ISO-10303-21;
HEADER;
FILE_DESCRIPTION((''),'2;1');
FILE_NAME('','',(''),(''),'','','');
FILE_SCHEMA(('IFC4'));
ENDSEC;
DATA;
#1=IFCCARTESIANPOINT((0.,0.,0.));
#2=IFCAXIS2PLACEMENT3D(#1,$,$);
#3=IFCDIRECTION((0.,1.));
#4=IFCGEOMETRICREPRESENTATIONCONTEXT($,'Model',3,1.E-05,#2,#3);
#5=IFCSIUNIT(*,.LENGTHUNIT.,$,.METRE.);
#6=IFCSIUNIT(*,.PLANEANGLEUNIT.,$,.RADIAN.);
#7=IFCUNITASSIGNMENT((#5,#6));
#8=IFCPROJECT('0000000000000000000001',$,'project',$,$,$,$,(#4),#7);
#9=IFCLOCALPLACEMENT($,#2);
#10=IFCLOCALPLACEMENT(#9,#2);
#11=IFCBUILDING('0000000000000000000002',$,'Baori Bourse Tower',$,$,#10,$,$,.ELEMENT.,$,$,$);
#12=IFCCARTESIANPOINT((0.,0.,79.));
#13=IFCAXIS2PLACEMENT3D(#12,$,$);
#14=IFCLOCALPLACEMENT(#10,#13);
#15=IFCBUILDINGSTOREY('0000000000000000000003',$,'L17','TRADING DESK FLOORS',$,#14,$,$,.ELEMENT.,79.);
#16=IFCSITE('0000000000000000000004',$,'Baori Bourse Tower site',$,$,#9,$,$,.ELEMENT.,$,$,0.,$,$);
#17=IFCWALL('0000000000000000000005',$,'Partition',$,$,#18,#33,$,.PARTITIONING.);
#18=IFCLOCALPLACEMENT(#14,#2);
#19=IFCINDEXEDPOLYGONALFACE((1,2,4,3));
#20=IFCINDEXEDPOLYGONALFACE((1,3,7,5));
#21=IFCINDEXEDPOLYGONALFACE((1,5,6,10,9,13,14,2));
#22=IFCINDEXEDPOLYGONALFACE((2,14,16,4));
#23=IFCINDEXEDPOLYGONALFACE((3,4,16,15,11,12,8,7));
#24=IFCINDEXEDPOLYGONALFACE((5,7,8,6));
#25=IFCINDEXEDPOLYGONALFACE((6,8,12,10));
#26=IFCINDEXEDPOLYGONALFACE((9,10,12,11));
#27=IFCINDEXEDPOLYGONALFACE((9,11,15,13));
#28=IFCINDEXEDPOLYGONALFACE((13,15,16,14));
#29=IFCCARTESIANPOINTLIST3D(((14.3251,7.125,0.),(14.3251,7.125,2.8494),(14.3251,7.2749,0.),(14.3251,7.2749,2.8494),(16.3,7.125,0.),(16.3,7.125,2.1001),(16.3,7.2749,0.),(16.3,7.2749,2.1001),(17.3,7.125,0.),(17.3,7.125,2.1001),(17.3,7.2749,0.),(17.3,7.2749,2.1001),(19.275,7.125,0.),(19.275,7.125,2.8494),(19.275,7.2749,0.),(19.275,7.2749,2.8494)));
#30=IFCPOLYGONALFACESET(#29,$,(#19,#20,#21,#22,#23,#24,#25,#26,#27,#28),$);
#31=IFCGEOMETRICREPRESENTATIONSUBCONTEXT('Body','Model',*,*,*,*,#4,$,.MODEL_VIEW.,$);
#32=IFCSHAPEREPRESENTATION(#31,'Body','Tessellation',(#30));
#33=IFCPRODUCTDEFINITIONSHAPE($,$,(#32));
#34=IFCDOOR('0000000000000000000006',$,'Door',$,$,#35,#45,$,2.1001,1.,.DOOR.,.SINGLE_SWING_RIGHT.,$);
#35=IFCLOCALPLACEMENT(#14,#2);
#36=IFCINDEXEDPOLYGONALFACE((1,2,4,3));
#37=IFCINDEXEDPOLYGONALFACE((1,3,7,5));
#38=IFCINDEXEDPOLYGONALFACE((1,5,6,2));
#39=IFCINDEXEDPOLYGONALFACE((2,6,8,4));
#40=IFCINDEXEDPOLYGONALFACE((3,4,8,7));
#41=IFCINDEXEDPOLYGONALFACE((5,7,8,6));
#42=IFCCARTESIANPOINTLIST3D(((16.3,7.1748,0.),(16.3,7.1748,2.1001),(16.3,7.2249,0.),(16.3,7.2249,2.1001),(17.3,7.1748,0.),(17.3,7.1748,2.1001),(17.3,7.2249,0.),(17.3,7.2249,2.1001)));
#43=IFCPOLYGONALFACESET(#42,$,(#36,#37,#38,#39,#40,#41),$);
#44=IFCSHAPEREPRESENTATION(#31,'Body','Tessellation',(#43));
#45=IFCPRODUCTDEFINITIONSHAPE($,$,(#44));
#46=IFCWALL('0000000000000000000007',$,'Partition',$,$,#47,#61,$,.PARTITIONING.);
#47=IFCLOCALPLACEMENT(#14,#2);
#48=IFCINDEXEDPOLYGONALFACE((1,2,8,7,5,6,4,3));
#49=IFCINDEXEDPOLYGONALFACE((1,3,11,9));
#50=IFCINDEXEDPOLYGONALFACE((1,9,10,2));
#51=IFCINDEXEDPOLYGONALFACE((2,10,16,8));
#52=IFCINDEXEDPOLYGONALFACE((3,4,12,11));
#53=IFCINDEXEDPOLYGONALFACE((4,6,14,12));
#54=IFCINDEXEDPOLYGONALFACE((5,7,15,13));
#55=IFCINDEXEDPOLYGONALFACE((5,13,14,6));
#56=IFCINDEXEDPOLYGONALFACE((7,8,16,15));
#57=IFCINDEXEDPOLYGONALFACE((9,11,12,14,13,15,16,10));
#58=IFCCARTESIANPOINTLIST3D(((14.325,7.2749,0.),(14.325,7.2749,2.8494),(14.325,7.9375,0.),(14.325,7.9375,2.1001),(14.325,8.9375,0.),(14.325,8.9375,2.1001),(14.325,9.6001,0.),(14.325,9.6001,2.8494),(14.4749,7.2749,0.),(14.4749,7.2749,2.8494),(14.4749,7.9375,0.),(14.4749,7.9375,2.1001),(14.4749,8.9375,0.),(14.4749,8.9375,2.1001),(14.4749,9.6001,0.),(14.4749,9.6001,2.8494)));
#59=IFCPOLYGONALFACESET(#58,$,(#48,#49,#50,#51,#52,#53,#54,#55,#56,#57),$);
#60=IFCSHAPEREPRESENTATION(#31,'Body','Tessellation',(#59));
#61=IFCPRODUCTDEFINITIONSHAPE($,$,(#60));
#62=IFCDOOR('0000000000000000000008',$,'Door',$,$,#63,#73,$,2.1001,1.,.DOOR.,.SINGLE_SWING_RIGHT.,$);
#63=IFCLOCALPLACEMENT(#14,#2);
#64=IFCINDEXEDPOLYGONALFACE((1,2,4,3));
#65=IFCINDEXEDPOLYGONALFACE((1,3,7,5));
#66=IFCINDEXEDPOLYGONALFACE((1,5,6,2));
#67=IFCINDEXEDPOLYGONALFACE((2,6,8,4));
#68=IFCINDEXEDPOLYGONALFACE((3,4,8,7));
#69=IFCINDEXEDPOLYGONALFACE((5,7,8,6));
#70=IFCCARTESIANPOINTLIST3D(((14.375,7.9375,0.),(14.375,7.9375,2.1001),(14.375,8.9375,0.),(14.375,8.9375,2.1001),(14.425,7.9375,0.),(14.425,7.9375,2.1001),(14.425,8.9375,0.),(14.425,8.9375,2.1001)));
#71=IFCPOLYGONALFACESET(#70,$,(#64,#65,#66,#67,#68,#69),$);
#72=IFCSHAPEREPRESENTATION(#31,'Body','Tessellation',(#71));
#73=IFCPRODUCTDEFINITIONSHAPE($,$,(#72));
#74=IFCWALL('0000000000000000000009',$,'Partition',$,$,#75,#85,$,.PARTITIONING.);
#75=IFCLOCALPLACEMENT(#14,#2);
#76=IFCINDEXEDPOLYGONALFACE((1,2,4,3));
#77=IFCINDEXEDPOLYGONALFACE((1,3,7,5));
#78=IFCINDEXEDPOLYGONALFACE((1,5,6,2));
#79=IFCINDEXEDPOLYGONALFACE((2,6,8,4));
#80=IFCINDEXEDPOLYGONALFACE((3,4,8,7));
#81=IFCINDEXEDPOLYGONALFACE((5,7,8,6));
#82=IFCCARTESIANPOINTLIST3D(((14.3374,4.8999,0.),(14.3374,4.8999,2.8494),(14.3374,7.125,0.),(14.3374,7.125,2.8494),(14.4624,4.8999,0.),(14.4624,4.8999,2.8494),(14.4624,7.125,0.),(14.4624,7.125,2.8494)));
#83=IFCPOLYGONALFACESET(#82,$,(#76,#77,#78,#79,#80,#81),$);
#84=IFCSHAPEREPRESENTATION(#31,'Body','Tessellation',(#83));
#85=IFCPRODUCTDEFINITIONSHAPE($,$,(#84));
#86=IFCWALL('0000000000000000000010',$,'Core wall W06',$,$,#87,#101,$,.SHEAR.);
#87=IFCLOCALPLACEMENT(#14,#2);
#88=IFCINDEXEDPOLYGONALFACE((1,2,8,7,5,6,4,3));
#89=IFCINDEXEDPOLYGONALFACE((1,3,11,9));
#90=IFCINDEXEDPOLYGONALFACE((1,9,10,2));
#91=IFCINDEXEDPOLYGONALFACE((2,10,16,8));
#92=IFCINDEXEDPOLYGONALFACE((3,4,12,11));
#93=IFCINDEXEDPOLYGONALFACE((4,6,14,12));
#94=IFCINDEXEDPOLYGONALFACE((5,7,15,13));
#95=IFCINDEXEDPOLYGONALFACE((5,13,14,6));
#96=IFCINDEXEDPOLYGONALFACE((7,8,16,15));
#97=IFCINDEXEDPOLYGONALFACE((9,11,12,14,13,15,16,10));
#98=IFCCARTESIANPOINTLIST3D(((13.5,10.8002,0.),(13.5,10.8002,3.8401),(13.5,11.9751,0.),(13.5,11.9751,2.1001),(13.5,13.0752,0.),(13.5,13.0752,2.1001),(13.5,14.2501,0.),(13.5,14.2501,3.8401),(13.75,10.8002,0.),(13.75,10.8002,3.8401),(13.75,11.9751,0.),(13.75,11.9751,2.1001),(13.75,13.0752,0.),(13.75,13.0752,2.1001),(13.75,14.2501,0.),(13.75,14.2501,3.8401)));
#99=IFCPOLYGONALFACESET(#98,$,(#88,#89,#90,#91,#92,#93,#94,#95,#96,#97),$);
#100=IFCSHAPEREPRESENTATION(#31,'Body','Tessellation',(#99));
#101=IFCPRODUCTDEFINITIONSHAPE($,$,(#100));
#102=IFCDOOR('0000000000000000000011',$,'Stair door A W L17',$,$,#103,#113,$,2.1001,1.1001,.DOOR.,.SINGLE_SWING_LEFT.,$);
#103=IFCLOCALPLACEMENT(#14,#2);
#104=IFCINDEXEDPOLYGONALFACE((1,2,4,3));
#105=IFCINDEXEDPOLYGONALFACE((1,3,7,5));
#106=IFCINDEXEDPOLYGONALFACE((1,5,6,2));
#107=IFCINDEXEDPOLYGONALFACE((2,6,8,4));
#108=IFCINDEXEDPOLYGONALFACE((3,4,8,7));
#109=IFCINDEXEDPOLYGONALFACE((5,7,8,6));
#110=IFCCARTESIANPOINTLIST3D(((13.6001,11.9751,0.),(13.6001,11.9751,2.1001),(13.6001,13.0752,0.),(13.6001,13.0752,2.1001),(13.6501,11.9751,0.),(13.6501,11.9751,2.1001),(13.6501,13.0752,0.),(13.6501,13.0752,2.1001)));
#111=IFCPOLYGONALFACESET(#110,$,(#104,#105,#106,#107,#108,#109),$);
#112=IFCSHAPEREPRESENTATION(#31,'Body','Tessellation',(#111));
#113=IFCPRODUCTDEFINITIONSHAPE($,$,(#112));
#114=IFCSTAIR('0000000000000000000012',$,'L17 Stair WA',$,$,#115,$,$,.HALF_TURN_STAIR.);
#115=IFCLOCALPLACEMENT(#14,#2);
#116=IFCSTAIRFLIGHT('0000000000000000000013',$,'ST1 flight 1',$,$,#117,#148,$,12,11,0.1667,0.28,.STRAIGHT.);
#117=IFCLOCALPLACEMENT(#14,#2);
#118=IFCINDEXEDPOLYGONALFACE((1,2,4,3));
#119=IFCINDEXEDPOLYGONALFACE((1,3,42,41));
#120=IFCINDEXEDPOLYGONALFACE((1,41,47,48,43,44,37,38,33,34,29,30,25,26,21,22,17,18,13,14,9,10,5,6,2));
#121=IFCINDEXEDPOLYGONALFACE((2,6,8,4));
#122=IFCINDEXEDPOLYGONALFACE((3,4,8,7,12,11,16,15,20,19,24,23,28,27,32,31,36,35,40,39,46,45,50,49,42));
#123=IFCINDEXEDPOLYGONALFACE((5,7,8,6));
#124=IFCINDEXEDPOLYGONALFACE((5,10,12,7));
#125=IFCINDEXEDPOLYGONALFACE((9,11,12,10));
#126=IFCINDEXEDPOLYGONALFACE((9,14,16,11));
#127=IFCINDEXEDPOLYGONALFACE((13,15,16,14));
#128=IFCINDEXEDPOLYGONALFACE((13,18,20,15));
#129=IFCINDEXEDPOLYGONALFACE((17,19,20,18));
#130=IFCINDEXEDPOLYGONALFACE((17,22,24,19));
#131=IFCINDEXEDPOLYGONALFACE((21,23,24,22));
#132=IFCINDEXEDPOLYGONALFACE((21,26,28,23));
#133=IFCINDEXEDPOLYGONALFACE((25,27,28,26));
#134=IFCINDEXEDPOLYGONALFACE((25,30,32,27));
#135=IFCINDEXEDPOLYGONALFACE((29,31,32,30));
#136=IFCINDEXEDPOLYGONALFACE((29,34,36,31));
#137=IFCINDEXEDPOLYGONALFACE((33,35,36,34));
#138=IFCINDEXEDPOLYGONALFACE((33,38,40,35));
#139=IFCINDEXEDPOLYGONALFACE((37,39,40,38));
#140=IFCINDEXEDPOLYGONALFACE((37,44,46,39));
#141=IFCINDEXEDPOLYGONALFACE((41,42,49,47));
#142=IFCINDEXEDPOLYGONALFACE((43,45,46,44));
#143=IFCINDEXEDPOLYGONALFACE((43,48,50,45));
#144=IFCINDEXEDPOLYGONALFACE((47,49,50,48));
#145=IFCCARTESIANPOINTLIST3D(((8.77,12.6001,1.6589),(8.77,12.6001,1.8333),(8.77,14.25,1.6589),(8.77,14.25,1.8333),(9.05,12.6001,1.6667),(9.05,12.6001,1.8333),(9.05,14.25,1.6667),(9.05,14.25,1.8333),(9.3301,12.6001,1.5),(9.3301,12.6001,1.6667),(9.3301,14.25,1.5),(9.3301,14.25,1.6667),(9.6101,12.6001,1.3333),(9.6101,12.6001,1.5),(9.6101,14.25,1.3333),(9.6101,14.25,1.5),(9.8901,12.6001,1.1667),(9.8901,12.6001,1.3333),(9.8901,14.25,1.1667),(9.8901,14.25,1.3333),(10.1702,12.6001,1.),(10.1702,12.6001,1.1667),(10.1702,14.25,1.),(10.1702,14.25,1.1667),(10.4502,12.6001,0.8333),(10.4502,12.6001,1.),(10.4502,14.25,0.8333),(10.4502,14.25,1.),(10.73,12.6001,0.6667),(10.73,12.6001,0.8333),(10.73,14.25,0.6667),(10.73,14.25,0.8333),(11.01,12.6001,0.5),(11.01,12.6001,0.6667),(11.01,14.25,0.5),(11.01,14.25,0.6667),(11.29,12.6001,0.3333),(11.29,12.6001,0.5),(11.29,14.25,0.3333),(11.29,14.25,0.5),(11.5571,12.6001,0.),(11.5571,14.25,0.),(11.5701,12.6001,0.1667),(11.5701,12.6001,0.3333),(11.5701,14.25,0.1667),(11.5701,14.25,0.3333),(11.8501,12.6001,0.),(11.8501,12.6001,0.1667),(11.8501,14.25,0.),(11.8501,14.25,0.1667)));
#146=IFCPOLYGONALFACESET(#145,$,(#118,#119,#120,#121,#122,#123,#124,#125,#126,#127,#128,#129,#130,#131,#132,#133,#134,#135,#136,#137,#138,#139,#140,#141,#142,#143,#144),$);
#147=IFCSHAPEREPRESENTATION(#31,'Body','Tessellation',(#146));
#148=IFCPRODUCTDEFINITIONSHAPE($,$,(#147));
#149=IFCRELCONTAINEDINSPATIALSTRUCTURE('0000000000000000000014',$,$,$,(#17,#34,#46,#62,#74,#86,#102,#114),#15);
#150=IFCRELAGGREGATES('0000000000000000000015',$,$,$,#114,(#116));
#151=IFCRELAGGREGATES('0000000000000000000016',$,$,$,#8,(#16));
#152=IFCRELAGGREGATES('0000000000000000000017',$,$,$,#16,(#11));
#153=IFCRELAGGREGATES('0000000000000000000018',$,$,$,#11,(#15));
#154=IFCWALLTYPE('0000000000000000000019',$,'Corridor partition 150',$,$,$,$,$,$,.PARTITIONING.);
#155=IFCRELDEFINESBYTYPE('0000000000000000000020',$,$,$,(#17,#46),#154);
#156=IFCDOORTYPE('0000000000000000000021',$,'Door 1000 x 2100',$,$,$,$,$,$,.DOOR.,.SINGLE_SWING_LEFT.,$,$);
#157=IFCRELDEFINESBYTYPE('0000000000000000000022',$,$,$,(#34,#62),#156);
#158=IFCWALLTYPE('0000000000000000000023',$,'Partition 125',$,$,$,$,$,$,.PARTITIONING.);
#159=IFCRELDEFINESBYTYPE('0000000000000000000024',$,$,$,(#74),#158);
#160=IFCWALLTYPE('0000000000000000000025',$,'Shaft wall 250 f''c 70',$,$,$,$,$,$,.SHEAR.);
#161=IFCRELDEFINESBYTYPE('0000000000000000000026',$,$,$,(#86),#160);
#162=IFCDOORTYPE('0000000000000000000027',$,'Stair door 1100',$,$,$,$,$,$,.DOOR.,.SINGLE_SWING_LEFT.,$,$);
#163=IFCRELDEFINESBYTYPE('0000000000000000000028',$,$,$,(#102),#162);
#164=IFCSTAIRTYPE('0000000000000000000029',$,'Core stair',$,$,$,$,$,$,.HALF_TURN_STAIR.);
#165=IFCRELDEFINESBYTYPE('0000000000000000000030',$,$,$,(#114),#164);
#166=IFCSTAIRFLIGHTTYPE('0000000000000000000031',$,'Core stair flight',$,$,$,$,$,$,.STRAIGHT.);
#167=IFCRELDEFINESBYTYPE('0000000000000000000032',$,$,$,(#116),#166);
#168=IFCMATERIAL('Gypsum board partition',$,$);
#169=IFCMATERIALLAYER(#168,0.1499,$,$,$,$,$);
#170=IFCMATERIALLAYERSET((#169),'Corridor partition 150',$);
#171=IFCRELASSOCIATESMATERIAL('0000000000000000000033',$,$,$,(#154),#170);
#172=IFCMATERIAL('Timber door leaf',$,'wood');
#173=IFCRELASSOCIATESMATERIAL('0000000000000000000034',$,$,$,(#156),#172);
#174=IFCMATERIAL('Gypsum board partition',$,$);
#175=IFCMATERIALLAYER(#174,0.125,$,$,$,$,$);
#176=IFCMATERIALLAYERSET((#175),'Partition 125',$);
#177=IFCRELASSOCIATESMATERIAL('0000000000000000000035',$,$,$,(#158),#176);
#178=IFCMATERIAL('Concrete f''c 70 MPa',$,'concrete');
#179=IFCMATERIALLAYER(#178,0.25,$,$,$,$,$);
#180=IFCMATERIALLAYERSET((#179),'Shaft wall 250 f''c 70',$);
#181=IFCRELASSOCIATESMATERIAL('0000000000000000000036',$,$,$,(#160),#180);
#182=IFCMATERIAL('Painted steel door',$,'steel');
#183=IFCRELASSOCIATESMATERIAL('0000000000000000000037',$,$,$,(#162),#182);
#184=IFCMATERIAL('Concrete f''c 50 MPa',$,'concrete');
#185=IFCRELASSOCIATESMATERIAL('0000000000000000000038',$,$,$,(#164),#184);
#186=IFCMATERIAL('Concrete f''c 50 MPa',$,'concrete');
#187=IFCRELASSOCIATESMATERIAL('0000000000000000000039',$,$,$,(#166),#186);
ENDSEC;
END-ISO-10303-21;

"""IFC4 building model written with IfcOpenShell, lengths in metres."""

from ifc_helpers import new_model, si_unit, direction, frame, frame_2d, origin, place, context, subcontext, project, spatial, polyline, rectangle, outline, extrude, material, layer, layer_set, type_object, element, fill, aggregate, save


model = new_model("IFC4")

# Units and contexts
model_context = context("Model", 3, precision=1e-05, world=origin(), true_north=direction((0.0, 1.0)))
body_context = subcontext(model_context, "Body", "Model", "MODEL_VIEW")
ifc_project = project(units=[si_unit("LENGTHUNIT", "METRE"), si_unit("PLANEANGLEUNIT", "RADIAN")], contexts=[model_context])

# Site, building, storey
site_placement = place(None, origin())
site = spatial("IfcSite", under=ifc_project, at=site_placement, Name="Baori Bourse Tower site", CompositionType="ELEMENT", RefElevation=0.0)
building_placement = place(site_placement, origin())
building = spatial("IfcBuilding", under=site, at=building_placement, Name="Baori Bourse Tower", CompositionType="ELEMENT")
storey_placement = place(building_placement, frame((0.0, 0.0, 79.0)))
storey = spatial("IfcBuildingStorey", under=building, at=storey_placement, Name="L17", Description="TRADING DESK FLOORS", CompositionType="ELEMENT", Elevation=79.0)

# Walls, openings, doors
ifc_material_1 = material(Name="Gypsum board partition")
ifc_layer_1 = layer(ifc_material_1, 0.1499)
ifc_layer_set_1 = layer_set([ifc_layer_1], Name="Corridor partition 150")
wall_type_1 = type_object("IfcWallType", Name="Corridor partition 150", PredefinedType="PARTITIONING", material=ifc_layer_set_1)
wall_1_placement = place(storey_placement, frame((14.325, 7.2, 0.0), z_axis=(0.0, 0.0, 1.0), x_axis=(1.0, 0.0, 0.0)))
wall_1 = element("IfcWall", 1, at=wall_1_placement, inside=storey, type_object=wall_type_1, Name="Partition", PredefinedType="PARTITIONING", context=body_context, shape_type="SweptSolid", body=[
    extrude(rectangle(XDim=4.95, YDim=0.1499, at=frame_2d((2.4751, 0.0))), origin(), (0.0, 0.0, 1.0), 2.8494),
])
opening_1_placement = place(wall_1_placement, frame((1.9751, 0.0, 0.0)))
opening_1 = element("IfcOpeningElement", 2, at=opening_1_placement, cuts=wall_1, PredefinedType="OPENING", context=body_context, shape_type="SweptSolid", body=[
    extrude(rectangle(XDim=1.0, YDim=2.1001, at=frame_2d((0.5, 1.05))), frame((0.0, 0.085, 0.0), z_axis=(0.0, -1.0, 0.0), x_axis=(1.0, 0.0, 0.0)), (0.0, 0.0, 1.0), 0.1699),
])
ifc_material_2 = material(Name="Timber door leaf", Category="wood")
door_type_1 = type_object("IfcDoorType", Name="Door 1000 x 2100", OperationType="SINGLE_SWING_LEFT", PredefinedType="DOOR", material=ifc_material_2)
door_1_placement = place(opening_1_placement, origin())
door_1 = element("IfcDoor", 3, at=door_1_placement, inside=storey, type_object=door_type_1, Name="Door", OperationType="SINGLE_SWING_RIGHT", OverallHeight=2.1001, OverallWidth=1.0, PredefinedType="DOOR", context=body_context, shape_type="SweptSolid", body=[
    extrude(rectangle(XDim=1.0, YDim=2.1001, at=frame_2d((0.5, 1.05))), frame((0.0, 0.0249, 0.0), z_axis=(0.0, -1.0, 0.0), x_axis=(1.0, 0.0, 0.0)), (0.0, 0.0, 1.0), 0.05),
])
fill(opening_1, door_1)
wall_2_placement = place(storey_placement, frame((14.3999, 7.2749, 0.0), z_axis=(0.0, 0.0, 1.0), x_axis=(0.0, 1.0, 0.0)))
wall_2 = element("IfcWall", 4, at=wall_2_placement, inside=storey, type_object=wall_type_1, Name="Partition", PredefinedType="PARTITIONING", context=body_context, shape_type="SweptSolid", body=[
    extrude(rectangle(XDim=2.3252, YDim=0.1499, at=frame_2d((1.1626, 0.0))), origin(), (0.0, 0.0, 1.0), 2.8494),
])
opening_2_placement = place(wall_2_placement, frame((0.6626, 0.0, 0.0)))
opening_2 = element("IfcOpeningElement", 5, at=opening_2_placement, cuts=wall_2, PredefinedType="OPENING", context=body_context, shape_type="SweptSolid", body=[
    extrude(rectangle(XDim=1.0, YDim=2.1001, at=frame_2d((0.5, 1.05))), frame((0.0, 0.085, 0.0), z_axis=(0.0, -1.0, 0.0), x_axis=(1.0, 0.0, 0.0)), (0.0, 0.0, 1.0), 0.1699),
])
door_2_placement = place(opening_2_placement, origin())
door_2 = element("IfcDoor", 6, at=door_2_placement, inside=storey, type_object=door_type_1, Name="Door", OperationType="SINGLE_SWING_RIGHT", OverallHeight=2.1001, OverallWidth=1.0, PredefinedType="DOOR", context=body_context, shape_type="SweptSolid", body=[
    extrude(rectangle(XDim=1.0, YDim=2.1001, at=frame_2d((0.5, 1.05))), frame((0.0, 0.0249, 0.0), z_axis=(0.0, -1.0, 0.0), x_axis=(1.0, 0.0, 0.0)), (0.0, 0.0, 1.0), 0.05),
])
fill(opening_2, door_2)

# Wall
ifc_material_3 = material(Name="Gypsum board partition")
ifc_layer_2 = layer(ifc_material_3, 0.125)
ifc_layer_set_2 = layer_set([ifc_layer_2], Name="Partition 125")
wall_type_2 = type_object("IfcWallType", Name="Partition 125", PredefinedType="PARTITIONING", material=ifc_layer_set_2)
wall_3_placement = place(storey_placement, frame((14.3999, 4.8999, 0.0), z_axis=(0.0, 0.0, 1.0), x_axis=(0.0, 1.0, 0.0)))
element("IfcWall", 7, at=wall_3_placement, inside=storey, type_object=wall_type_2, Name="Partition", PredefinedType="PARTITIONING", context=body_context, shape_type="SweptSolid", body=[
    extrude(rectangle(XDim=2.2251, YDim=0.125, at=frame_2d((1.1125, 0.0))), origin(), (0.0, 0.0, 1.0), 2.8494),
])

# Wall, opening, door
ifc_material_4 = material(Name="Concrete f'c 70 MPa", Category="concrete")
ifc_layer_3 = layer(ifc_material_4, 0.25)
ifc_layer_set_3 = layer_set([ifc_layer_3], Name="Shaft wall 250 f'c 70")
wall_type_3 = type_object("IfcWallType", Name="Shaft wall 250 f'c 70", PredefinedType="SHEAR", material=ifc_layer_set_3)
wall_4_placement = place(storey_placement, frame((13.625, 10.8, 0.0), z_axis=(0.0, 0.0, 1.0), x_axis=(0.0, 1.0, 0.0)))
wall_4 = element("IfcWall", 8, at=wall_4_placement, inside=storey, type_object=wall_type_3, Name="Core wall W06", PredefinedType="SHEAR", context=body_context, shape_type="SweptSolid", body=[
    extrude(rectangle(XDim=3.45, YDim=0.25, at=frame_2d((1.7251, 0.0))), origin(), (0.0, 0.0, 1.0), 3.8401),
])
opening_3_placement = place(wall_4_placement, frame((1.175, 0.0, 0.0)))
opening_3 = element("IfcOpeningElement", 9, at=opening_3_placement, cuts=wall_4, PredefinedType="OPENING", context=body_context, shape_type="SweptSolid", body=[
    extrude(rectangle(XDim=1.1001, YDim=2.1001, at=frame_2d((0.55, 1.05))), frame((0.0, 0.135, 0.0), z_axis=(0.0, -1.0, 0.0), x_axis=(1.0, 0.0, 0.0)), (0.0, 0.0, 1.0), 0.27),
])
ifc_material_5 = material(Name="Painted steel door", Category="steel")
door_type_2 = type_object("IfcDoorType", Name="Stair door 1100", OperationType="SINGLE_SWING_LEFT", PredefinedType="DOOR", material=ifc_material_5)
door_3_placement = place(opening_3_placement, origin())
door_3 = element("IfcDoor", 10, at=door_3_placement, inside=storey, type_object=door_type_2, Name="Stair door A W L17", OperationType="SINGLE_SWING_LEFT", OverallHeight=2.1001, OverallWidth=1.1001, PredefinedType="DOOR", context=body_context, shape_type="SweptSolid", body=[
    extrude(rectangle(XDim=1.1001, YDim=2.1001, at=frame_2d((0.55, 1.05))), frame((0.0, 0.0249, 0.0), z_axis=(0.0, -1.0, 0.0), x_axis=(1.0, 0.0, 0.0)), (0.0, 0.0, 1.0), 0.05),
])
fill(opening_3, door_3)

# Stair, stair flight
ifc_material_6 = material(Name="Concrete f'c 50 MPa", Category="concrete")
stair_type = type_object("IfcStairType", Name="Core stair", PredefinedType="HALF_TURN_STAIR", material=ifc_material_6)
stair_placement = place(storey_placement, origin())
stair = element("IfcStair", 11, at=stair_placement, inside=storey, type_object=stair_type, Name="L17 Stair WA", PredefinedType="HALF_TURN_STAIR")
ifc_material_7 = material(Name="Concrete f'c 50 MPa", Category="concrete")
stair_flight_type = type_object("IfcStairFlightType", Name="Core stair flight", PredefinedType="STRAIGHT", material=ifc_material_7)
stair_flight_1_placement = place(storey_placement, frame((11.8501, 13.425, 0.0), z_axis=(0.0, 0.0, 1.0), x_axis=(-1.0, 0.0, 0.0)))
stair_flight_1 = element("IfcStairFlight", 12, at=stair_flight_1_placement, type_object=stair_flight_type, Name="ST1 flight 1", NumberOfRisers=12, NumberOfTreads=11, PredefinedType="STRAIGHT", RiserHeight=0.1667, TreadLength=0.28, context=body_context, shape_type="SweptSolid", body=[
    extrude(outline(polyline([(0.0, 0.0), (0.0, 0.1667), (0.28, 0.1667), (0.28, 0.3333), (0.5601, 0.3333), (0.5601, 0.5), (0.8401, 0.5), (0.8401, 0.6667), (1.1201, 0.6667), (1.1201, 0.8333), (1.3999, 0.8333), (1.3999, 1.0), (1.6799, 1.0), (1.6799, 1.1667), (1.96, 1.1667), (1.96, 1.3333), (2.24, 1.3333), (2.24, 1.5), (2.52, 1.5), (2.52, 1.6667), (2.8, 1.6667), (2.8, 1.8333), (3.0801, 1.8333), (3.0801, 2.0), (3.0801, 1.6589), (0.293, 0.0), (0.0, 0.0)])), frame((0.0, 0.825, 0.0), z_axis=(0.0, -1.0, 0.0), x_axis=(1.0, 0.0, 0.0)), (0.0, 0.0, 1.0), 1.6499),
])
aggregate(stair, [stair_flight_1])

save(model, "model.ifc")
